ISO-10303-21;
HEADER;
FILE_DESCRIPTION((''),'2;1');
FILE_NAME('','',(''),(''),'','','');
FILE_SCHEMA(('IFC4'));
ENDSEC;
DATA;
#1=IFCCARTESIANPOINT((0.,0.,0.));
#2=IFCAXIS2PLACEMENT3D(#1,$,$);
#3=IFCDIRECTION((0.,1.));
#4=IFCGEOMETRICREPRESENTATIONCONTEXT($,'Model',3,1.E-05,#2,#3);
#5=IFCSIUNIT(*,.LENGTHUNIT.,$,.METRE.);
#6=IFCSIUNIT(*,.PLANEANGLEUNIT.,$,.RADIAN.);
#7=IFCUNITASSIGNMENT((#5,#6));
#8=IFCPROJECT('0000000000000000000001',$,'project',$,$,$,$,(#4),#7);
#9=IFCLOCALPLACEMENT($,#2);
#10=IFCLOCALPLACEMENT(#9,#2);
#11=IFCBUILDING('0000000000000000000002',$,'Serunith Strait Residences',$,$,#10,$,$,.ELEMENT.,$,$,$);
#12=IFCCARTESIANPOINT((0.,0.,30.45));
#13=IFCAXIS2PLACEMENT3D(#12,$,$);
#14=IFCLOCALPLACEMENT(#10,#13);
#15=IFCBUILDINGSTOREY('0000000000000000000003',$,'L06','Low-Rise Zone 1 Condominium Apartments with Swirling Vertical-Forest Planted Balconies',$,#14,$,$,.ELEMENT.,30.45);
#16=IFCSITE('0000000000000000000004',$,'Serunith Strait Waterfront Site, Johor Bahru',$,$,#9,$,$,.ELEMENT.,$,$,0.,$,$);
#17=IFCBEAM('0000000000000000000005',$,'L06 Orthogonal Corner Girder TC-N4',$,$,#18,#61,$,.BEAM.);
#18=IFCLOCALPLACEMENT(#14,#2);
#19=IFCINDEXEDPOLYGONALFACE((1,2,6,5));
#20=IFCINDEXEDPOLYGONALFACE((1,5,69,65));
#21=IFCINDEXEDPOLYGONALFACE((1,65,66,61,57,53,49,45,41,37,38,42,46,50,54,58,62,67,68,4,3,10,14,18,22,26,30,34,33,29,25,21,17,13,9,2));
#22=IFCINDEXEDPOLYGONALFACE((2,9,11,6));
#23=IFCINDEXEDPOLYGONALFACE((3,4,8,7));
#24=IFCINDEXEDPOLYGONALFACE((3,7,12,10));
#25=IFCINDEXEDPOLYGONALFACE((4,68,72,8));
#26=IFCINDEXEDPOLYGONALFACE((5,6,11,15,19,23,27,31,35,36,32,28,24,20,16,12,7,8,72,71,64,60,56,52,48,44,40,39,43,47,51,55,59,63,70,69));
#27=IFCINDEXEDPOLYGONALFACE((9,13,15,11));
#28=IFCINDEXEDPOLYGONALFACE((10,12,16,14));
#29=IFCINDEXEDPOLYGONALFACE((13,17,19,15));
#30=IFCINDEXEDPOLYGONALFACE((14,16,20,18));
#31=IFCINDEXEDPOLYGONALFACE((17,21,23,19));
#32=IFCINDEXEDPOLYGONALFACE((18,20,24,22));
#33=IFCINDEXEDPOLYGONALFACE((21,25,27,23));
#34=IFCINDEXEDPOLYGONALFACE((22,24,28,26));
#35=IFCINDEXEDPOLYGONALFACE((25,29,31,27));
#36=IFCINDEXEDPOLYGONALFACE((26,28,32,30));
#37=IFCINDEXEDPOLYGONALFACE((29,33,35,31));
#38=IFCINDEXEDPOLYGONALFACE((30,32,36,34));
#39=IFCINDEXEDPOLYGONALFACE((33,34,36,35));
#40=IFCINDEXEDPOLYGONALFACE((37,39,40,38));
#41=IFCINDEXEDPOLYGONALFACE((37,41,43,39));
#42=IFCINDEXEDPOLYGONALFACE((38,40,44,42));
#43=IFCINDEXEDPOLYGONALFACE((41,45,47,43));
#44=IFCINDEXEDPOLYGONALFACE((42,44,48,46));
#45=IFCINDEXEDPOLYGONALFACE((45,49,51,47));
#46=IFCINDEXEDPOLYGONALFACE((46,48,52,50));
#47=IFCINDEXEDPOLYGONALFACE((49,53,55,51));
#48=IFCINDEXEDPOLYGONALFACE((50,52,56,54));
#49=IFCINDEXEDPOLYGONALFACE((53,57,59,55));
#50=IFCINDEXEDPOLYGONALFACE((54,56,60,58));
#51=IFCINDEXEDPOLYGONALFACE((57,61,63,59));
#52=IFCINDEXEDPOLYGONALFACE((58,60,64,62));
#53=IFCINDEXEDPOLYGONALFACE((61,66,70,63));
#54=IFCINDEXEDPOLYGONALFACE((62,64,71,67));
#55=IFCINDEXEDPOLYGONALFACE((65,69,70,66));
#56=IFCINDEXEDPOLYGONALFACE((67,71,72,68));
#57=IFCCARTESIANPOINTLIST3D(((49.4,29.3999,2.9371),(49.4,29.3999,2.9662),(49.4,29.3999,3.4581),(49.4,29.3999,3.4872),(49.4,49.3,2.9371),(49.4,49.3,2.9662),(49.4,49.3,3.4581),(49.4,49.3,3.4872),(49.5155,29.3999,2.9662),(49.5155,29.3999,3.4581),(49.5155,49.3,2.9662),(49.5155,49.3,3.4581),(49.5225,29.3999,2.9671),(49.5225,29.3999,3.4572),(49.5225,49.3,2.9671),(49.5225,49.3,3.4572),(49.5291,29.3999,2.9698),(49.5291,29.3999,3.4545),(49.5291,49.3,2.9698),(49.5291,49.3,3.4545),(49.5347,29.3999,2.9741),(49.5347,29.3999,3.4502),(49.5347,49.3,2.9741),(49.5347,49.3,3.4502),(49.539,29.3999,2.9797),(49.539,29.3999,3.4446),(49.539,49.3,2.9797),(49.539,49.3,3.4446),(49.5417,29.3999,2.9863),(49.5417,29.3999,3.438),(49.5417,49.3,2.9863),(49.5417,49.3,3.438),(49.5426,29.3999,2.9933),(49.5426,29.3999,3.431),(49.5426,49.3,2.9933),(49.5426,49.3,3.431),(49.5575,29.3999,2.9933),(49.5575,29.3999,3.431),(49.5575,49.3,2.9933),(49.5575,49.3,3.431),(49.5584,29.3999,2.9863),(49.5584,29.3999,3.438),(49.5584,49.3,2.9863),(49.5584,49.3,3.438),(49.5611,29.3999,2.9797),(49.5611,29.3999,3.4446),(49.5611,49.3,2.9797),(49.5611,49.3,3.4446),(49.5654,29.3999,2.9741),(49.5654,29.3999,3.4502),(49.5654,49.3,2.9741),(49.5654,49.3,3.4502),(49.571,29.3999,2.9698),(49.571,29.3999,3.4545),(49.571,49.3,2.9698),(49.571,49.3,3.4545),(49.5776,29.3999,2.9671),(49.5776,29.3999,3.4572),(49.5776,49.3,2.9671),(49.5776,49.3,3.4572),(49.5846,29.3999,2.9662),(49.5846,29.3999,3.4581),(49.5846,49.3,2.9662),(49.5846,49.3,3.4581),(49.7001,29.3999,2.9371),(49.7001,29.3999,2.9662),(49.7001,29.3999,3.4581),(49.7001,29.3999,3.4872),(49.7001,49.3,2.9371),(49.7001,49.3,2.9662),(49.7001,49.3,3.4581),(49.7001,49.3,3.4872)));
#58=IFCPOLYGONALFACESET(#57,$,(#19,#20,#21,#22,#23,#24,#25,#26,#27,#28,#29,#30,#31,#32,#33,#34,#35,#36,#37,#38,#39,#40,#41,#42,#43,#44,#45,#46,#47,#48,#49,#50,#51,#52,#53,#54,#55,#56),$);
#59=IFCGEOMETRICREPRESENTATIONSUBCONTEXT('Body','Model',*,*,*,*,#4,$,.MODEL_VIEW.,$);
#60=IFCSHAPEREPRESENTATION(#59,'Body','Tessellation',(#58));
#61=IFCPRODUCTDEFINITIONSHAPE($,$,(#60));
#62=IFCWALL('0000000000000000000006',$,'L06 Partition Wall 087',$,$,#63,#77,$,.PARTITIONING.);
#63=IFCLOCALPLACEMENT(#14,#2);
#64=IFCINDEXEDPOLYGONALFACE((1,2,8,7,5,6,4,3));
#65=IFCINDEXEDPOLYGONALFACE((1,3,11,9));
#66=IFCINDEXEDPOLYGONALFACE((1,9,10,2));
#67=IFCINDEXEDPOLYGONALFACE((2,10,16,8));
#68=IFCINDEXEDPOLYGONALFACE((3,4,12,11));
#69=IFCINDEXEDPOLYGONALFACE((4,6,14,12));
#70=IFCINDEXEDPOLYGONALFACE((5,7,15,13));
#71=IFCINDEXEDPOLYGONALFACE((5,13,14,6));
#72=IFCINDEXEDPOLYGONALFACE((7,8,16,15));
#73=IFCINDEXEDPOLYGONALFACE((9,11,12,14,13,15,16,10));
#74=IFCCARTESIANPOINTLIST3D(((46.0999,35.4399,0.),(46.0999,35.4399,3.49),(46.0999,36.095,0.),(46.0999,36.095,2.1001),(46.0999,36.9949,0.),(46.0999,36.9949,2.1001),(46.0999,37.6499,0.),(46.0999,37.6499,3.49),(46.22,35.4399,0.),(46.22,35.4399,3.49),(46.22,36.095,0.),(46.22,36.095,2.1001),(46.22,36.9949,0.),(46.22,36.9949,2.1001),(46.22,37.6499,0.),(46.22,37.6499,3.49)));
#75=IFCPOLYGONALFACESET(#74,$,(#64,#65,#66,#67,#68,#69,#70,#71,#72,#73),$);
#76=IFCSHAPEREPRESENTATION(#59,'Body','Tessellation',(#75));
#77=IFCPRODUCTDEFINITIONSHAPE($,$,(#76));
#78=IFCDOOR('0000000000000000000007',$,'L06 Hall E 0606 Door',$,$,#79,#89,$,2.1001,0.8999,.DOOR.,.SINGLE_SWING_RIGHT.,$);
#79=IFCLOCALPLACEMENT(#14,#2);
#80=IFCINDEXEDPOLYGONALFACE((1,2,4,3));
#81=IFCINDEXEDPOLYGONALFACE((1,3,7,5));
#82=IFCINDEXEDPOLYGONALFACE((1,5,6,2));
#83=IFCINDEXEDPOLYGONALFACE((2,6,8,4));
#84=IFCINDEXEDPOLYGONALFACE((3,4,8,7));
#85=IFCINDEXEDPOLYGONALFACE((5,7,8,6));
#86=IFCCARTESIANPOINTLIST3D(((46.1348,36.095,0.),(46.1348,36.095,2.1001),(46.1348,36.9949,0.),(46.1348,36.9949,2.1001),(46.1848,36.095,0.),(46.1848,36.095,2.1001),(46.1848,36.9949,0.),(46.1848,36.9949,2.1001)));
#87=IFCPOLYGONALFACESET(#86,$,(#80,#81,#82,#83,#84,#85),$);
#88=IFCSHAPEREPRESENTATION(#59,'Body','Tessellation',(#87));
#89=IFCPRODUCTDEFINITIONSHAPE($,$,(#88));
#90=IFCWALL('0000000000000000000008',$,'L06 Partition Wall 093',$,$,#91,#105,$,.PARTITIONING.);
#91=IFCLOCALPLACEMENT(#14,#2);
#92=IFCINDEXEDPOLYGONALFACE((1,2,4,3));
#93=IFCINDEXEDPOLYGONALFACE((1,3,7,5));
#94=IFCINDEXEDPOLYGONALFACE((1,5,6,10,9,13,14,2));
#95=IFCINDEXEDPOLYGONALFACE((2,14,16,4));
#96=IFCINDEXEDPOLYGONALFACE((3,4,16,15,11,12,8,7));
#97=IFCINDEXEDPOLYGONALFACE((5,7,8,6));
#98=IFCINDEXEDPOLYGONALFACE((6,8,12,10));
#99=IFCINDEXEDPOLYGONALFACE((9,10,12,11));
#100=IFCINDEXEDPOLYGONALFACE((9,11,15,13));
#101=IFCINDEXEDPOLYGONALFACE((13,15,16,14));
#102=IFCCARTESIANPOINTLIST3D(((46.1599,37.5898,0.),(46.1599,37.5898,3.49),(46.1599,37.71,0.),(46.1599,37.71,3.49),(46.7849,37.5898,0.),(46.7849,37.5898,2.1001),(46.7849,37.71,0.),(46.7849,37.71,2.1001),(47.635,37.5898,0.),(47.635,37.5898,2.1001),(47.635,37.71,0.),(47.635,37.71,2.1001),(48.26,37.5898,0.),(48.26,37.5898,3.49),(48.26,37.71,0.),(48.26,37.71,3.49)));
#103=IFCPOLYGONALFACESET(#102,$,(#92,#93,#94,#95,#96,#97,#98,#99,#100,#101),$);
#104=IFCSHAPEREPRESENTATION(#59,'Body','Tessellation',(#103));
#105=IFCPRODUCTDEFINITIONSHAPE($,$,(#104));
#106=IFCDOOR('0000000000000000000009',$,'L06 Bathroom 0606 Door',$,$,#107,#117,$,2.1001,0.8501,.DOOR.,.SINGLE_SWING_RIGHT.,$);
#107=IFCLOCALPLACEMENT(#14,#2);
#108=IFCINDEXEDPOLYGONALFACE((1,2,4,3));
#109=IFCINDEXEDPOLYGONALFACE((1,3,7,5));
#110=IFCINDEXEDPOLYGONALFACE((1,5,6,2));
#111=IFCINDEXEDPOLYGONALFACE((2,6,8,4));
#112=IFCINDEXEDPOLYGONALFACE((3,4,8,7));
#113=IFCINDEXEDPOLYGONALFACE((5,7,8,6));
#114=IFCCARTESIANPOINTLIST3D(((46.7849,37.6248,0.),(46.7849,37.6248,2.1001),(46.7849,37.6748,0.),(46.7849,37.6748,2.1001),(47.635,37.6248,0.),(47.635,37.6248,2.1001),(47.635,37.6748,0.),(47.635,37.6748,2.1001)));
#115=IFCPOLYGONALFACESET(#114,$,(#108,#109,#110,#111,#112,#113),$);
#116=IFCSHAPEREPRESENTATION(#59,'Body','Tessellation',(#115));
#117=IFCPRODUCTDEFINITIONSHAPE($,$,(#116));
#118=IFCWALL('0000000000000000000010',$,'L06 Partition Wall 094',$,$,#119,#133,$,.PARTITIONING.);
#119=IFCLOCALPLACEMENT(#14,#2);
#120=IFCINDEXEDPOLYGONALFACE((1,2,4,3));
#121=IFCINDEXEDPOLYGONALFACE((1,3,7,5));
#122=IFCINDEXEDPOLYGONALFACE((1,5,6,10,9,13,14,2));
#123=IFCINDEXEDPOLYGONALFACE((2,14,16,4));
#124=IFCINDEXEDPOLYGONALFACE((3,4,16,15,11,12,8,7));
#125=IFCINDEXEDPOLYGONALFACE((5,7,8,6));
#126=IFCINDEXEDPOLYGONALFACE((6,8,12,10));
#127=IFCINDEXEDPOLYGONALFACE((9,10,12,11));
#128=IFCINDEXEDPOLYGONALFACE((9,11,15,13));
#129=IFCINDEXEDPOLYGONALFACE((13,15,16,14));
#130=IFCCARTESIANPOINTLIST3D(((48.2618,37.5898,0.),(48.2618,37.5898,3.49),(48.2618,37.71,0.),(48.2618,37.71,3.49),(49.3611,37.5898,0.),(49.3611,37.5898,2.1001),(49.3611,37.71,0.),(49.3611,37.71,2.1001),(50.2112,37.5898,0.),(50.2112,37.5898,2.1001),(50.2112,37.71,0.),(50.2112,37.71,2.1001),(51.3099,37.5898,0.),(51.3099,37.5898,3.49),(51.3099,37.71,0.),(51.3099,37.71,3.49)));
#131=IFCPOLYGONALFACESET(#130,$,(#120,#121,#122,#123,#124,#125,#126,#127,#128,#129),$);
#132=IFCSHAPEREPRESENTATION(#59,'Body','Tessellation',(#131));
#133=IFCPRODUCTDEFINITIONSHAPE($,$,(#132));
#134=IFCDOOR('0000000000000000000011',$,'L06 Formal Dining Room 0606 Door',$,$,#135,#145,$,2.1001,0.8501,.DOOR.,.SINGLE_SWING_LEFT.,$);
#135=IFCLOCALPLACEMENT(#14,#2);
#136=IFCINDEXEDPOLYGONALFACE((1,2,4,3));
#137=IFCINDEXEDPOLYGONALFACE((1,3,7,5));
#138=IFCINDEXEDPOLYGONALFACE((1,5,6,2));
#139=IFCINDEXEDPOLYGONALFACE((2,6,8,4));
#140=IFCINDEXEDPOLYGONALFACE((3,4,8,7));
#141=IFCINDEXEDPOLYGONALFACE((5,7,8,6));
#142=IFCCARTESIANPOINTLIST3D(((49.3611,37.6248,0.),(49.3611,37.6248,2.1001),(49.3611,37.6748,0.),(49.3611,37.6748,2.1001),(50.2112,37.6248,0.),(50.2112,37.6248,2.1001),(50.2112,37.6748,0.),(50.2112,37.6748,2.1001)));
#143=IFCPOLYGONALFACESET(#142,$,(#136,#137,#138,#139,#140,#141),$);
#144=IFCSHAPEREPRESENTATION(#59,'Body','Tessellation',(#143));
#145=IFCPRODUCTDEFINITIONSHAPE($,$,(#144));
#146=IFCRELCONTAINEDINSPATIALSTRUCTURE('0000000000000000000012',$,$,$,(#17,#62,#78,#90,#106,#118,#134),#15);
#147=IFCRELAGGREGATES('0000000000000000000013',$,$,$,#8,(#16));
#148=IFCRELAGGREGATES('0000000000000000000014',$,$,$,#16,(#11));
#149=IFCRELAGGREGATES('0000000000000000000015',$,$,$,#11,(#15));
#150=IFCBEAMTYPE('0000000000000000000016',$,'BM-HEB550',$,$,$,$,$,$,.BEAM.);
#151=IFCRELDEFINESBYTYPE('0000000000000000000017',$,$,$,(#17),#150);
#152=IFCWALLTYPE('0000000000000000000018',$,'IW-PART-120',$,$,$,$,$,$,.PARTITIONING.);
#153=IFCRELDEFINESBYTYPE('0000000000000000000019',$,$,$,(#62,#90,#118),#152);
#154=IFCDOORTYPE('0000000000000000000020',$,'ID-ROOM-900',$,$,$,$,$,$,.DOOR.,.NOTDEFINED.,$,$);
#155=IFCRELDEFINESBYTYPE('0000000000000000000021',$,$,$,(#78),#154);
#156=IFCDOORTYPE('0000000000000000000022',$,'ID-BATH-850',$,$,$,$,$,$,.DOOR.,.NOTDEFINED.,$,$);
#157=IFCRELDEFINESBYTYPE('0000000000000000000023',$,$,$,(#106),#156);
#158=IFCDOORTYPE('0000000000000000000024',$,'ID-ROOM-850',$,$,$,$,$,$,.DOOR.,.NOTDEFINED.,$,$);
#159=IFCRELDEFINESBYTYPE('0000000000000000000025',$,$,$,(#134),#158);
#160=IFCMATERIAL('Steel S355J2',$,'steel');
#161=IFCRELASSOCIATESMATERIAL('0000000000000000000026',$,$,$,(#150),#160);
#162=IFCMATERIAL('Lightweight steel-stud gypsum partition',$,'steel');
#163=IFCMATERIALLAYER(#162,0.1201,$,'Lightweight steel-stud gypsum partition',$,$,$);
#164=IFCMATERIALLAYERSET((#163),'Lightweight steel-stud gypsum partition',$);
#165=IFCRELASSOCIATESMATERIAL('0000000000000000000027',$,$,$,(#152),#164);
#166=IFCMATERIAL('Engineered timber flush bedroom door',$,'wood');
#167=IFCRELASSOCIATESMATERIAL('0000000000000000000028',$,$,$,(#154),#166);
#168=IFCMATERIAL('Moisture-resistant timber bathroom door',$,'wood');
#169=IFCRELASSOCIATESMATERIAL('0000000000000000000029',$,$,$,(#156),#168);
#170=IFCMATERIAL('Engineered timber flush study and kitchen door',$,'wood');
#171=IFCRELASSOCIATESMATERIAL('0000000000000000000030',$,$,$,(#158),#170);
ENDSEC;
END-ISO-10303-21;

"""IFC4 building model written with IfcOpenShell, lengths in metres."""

from ifc_helpers import new_model, si_unit, direction, frame, frame_2d, origin, origin_2d, place, context, subcontext, project, spatial, rectangle, i_section, extrude, source, transform, mapped, material, layer, layer_set, material_profile, profile_set, type_object, element, fill, save


model = new_model("IFC4")

# Units and contexts
model_context = context("Model", 3, precision=1e-05, world=origin(), true_north=direction((0.0, 1.0)))
body_context = subcontext(model_context, "Body", "Model", "MODEL_VIEW")
ifc_project = project(units=[si_unit("LENGTHUNIT", "METRE"), si_unit("PLANEANGLEUNIT", "RADIAN")], contexts=[model_context])

# Site, building, storey
site_placement = place(None, origin())
site = spatial("IfcSite", under=ifc_project, at=site_placement, Name="Serunith Strait Waterfront Site, Johor Bahru", CompositionType="ELEMENT", RefElevation=0.0)
building_placement = place(site_placement, origin())
building = spatial("IfcBuilding", under=site, at=building_placement, Name="Serunith Strait Residences", CompositionType="ELEMENT")
storey_placement = place(building_placement, frame((0.0, 0.0, 30.45)))
storey = spatial("IfcBuildingStorey", under=building, at=storey_placement, Name="L06", Description="Low-Rise Zone 1 Condominium Apartments with Swirling Vertical-Forest Planted Balconies", CompositionType="ELEMENT", Elevation=30.45)

# Beam
ifc_material_1 = material(Name="Steel S355J2", Category="steel")
ifc_material_profile = material_profile(ifc_material_1, i_section(OverallWidth=0.3, OverallDepth=0.55, WebThickness=0.0149, FlangeThickness=0.0291, FilletRadius=0.0271, at=origin_2d()), Name="HEB 550")
ifc_profile_set = profile_set([ifc_material_profile], Name="Steel S355J2")
beam_type = type_object("IfcBeamType", Name="BM-HEB550", PredefinedType="BEAM", material=ifc_profile_set)
shared_shape_1 = source(origin(), body_context, "Body", "SweptSolid", [
    extrude(i_section(OverallWidth=0.3, OverallDepth=0.55, WebThickness=0.0149, FlangeThickness=0.0291, FilletRadius=0.0271, at=origin_2d()), origin(), (0.0, 0.0, 1.0), 19.9001),
])
beam_placement = place(storey_placement, frame((49.55, 29.3999, 3.2122), z_axis=(0.0, 1.0, 0.0), x_axis=(-1.0, 0.0, 0.0)))
element("IfcBeam", 1, at=beam_placement, inside=storey, type_object=beam_type, Name="L06 Orthogonal Corner Girder TC-N4", PredefinedType="BEAM", context=body_context, shape_type="MappedRepresentation", body=[
    mapped(shared_shape_1, transform((0.0, 0.0, 0.0), scale=1.0)),
])

# Walls, openings, doors
ifc_material_2 = material(Name="Lightweight steel-stud gypsum partition", Category="steel")
ifc_layer = layer(ifc_material_2, 0.1201, Name="Lightweight steel-stud gypsum partition")
ifc_layer_set = layer_set([ifc_layer], Name="Lightweight steel-stud gypsum partition")
wall_type = type_object("IfcWallType", Name="IW-PART-120", PredefinedType="PARTITIONING", material=ifc_layer_set)
wall_1_placement = place(storey_placement, frame((46.1599, 37.6499, 0.0), z_axis=(0.0, 0.0, 1.0), x_axis=(0.0, -1.0, 0.0)))
wall_1 = element("IfcWall", 2, at=wall_1_placement, inside=storey, type_object=wall_type, Name="L06 Partition Wall 087", PredefinedType="PARTITIONING", context=body_context, shape_type="SweptSolid", body=[
    extrude(rectangle(XDim=2.21, YDim=0.1201, at=frame_2d((1.105, 0.0))), origin(), (0.0, 0.0, 1.0), 3.49),
])
opening_1_placement = place(wall_1_placement, frame((0.655, 0.0, 0.0)))
opening_1 = element("IfcOpeningElement", 3, at=opening_1_placement, cuts=wall_1, PredefinedType="OPENING", context=body_context, shape_type="SweptSolid", body=[
    extrude(rectangle(XDim=0.8999, YDim=2.1001, at=frame_2d((0.45, 1.05))), frame((0.0, 0.0701, 0.0), z_axis=(0.0, -1.0, 0.0), x_axis=(1.0, 0.0, 0.0)), (0.0, 0.0, 1.0), 0.1401),
])
ifc_material_3 = material(Name="Engineered timber flush bedroom door", Category="wood")
door_type_1 = type_object("IfcDoorType", Name="ID-ROOM-900", OperationType="NOTDEFINED", PredefinedType="DOOR", material=ifc_material_3)
shared_shape_2 = source(origin(), body_context, "Body", "SweptSolid", [
    extrude(rectangle(XDim=0.8999, YDim=2.1001, at=frame_2d((0.45, 1.05))), frame((0.0, 0.0249, 0.0), z_axis=(0.0, -1.0, 0.0), x_axis=(1.0, 0.0, 0.0)), (0.0, 0.0, 1.0), 0.05),
])
door_1_placement = place(opening_1_placement, origin())
door_1 = element("IfcDoor", 4, at=door_1_placement, inside=storey, type_object=door_type_1, Name="L06 Hall E 0606 Door", OperationType="SINGLE_SWING_RIGHT", OverallHeight=2.1001, OverallWidth=0.8999, PredefinedType="DOOR", context=body_context, shape_type="MappedRepresentation", body=[
    mapped(shared_shape_2, transform((0.0, 0.0, 0.0), scale=1.0)),
])
fill(opening_1, door_1)
wall_2_placement = place(storey_placement, frame((46.1599, 37.6499, 0.0), z_axis=(0.0, 0.0, 1.0), x_axis=(1.0, 0.0, 0.0)))
wall_2 = element("IfcWall", 5, at=wall_2_placement, inside=storey, type_object=wall_type, Name="L06 Partition Wall 093", PredefinedType="PARTITIONING", context=body_context, shape_type="SweptSolid", body=[
    extrude(rectangle(XDim=2.1001, YDim=0.1201, at=frame_2d((1.05, 0.0))), origin(), (0.0, 0.0, 1.0), 3.49),
])
opening_2_placement = place(wall_2_placement, frame((0.625, 0.0, 0.0)))
opening_2 = element("IfcOpeningElement", 6, at=opening_2_placement, cuts=wall_2, PredefinedType="OPENING", context=body_context, shape_type="SweptSolid", body=[
    extrude(rectangle(XDim=0.8501, YDim=2.1001, at=frame_2d((0.425, 1.05))), frame((0.0, 0.0701, 0.0), z_axis=(0.0, -1.0, 0.0), x_axis=(1.0, 0.0, 0.0)), (0.0, 0.0, 1.0), 0.1401),
])
ifc_material_4 = material(Name="Moisture-resistant timber bathroom door", Category="wood")
door_type_2 = type_object("IfcDoorType", Name="ID-BATH-850", OperationType="NOTDEFINED", PredefinedType="DOOR", material=ifc_material_4)
shared_shape_3 = source(origin(), body_context, "Body", "SweptSolid", [
    extrude(rectangle(XDim=0.8501, YDim=2.1001, at=frame_2d((0.425, 1.05))), frame((0.0, 0.0249, 0.0), z_axis=(0.0, -1.0, 0.0), x_axis=(1.0, 0.0, 0.0)), (0.0, 0.0, 1.0), 0.05),
])
door_2_placement = place(opening_2_placement, origin())
door_2 = element("IfcDoor", 7, at=door_2_placement, inside=storey, type_object=door_type_2, Name="L06 Bathroom 0606 Door", OperationType="SINGLE_SWING_RIGHT", OverallHeight=2.1001, OverallWidth=0.8501, PredefinedType="DOOR", context=body_context, shape_type="MappedRepresentation", body=[
    mapped(shared_shape_3, transform((0.0, 0.0, 0.0), scale=1.0)),
])
fill(opening_2, door_2)
wall_3_placement = place(storey_placement, frame((48.262, 37.6499, 0.0), z_axis=(0.0, 0.0, 1.0), x_axis=(1.0, 0.0, 0.0)))
wall_3 = element("IfcWall", 8, at=wall_3_placement, inside=storey, type_object=wall_type, Name="L06 Partition Wall 094", PredefinedType="PARTITIONING", context=body_context, shape_type="SweptSolid", body=[
    extrude(rectangle(XDim=3.0481, YDim=0.1201, at=frame_2d((1.5239, 0.0))), origin(), (0.0, 0.0, 1.0), 3.49),
])
opening_3_placement = place(wall_3_placement, frame((1.0991, 0.0, 0.0)))
opening_3 = element("IfcOpeningElement", 9, at=opening_3_placement, cuts=wall_3, PredefinedType="OPENING", context=body_context, shape_type="SweptSolid", body=[
    extrude(rectangle(XDim=0.8501, YDim=2.1001, at=frame_2d((0.425, 1.05))), frame((0.0, 0.0701, 0.0), z_axis=(0.0, -1.0, 0.0), x_axis=(1.0, 0.0, 0.0)), (0.0, 0.0, 1.0), 0.1401),
])
ifc_material_5 = material(Name="Engineered timber flush study and kitchen door", Category="wood")
door_type_3 = type_object("IfcDoorType", Name="ID-ROOM-850", OperationType="NOTDEFINED", PredefinedType="DOOR", material=ifc_material_5)
door_3_placement = place(opening_3_placement, origin())
door_3 = element("IfcDoor", 10, at=door_3_placement, inside=storey, type_object=door_type_3, Name="L06 Formal Dining Room 0606 Door", OperationType="SINGLE_SWING_LEFT", OverallHeight=2.1001, OverallWidth=0.8501, PredefinedType="DOOR", context=body_context, shape_type="MappedRepresentation", body=[
    mapped(shared_shape_3, transform((0.0, 0.0, 0.0), scale=1.0)),
])
fill(opening_3, door_3)

save(model, "model.ifc")
